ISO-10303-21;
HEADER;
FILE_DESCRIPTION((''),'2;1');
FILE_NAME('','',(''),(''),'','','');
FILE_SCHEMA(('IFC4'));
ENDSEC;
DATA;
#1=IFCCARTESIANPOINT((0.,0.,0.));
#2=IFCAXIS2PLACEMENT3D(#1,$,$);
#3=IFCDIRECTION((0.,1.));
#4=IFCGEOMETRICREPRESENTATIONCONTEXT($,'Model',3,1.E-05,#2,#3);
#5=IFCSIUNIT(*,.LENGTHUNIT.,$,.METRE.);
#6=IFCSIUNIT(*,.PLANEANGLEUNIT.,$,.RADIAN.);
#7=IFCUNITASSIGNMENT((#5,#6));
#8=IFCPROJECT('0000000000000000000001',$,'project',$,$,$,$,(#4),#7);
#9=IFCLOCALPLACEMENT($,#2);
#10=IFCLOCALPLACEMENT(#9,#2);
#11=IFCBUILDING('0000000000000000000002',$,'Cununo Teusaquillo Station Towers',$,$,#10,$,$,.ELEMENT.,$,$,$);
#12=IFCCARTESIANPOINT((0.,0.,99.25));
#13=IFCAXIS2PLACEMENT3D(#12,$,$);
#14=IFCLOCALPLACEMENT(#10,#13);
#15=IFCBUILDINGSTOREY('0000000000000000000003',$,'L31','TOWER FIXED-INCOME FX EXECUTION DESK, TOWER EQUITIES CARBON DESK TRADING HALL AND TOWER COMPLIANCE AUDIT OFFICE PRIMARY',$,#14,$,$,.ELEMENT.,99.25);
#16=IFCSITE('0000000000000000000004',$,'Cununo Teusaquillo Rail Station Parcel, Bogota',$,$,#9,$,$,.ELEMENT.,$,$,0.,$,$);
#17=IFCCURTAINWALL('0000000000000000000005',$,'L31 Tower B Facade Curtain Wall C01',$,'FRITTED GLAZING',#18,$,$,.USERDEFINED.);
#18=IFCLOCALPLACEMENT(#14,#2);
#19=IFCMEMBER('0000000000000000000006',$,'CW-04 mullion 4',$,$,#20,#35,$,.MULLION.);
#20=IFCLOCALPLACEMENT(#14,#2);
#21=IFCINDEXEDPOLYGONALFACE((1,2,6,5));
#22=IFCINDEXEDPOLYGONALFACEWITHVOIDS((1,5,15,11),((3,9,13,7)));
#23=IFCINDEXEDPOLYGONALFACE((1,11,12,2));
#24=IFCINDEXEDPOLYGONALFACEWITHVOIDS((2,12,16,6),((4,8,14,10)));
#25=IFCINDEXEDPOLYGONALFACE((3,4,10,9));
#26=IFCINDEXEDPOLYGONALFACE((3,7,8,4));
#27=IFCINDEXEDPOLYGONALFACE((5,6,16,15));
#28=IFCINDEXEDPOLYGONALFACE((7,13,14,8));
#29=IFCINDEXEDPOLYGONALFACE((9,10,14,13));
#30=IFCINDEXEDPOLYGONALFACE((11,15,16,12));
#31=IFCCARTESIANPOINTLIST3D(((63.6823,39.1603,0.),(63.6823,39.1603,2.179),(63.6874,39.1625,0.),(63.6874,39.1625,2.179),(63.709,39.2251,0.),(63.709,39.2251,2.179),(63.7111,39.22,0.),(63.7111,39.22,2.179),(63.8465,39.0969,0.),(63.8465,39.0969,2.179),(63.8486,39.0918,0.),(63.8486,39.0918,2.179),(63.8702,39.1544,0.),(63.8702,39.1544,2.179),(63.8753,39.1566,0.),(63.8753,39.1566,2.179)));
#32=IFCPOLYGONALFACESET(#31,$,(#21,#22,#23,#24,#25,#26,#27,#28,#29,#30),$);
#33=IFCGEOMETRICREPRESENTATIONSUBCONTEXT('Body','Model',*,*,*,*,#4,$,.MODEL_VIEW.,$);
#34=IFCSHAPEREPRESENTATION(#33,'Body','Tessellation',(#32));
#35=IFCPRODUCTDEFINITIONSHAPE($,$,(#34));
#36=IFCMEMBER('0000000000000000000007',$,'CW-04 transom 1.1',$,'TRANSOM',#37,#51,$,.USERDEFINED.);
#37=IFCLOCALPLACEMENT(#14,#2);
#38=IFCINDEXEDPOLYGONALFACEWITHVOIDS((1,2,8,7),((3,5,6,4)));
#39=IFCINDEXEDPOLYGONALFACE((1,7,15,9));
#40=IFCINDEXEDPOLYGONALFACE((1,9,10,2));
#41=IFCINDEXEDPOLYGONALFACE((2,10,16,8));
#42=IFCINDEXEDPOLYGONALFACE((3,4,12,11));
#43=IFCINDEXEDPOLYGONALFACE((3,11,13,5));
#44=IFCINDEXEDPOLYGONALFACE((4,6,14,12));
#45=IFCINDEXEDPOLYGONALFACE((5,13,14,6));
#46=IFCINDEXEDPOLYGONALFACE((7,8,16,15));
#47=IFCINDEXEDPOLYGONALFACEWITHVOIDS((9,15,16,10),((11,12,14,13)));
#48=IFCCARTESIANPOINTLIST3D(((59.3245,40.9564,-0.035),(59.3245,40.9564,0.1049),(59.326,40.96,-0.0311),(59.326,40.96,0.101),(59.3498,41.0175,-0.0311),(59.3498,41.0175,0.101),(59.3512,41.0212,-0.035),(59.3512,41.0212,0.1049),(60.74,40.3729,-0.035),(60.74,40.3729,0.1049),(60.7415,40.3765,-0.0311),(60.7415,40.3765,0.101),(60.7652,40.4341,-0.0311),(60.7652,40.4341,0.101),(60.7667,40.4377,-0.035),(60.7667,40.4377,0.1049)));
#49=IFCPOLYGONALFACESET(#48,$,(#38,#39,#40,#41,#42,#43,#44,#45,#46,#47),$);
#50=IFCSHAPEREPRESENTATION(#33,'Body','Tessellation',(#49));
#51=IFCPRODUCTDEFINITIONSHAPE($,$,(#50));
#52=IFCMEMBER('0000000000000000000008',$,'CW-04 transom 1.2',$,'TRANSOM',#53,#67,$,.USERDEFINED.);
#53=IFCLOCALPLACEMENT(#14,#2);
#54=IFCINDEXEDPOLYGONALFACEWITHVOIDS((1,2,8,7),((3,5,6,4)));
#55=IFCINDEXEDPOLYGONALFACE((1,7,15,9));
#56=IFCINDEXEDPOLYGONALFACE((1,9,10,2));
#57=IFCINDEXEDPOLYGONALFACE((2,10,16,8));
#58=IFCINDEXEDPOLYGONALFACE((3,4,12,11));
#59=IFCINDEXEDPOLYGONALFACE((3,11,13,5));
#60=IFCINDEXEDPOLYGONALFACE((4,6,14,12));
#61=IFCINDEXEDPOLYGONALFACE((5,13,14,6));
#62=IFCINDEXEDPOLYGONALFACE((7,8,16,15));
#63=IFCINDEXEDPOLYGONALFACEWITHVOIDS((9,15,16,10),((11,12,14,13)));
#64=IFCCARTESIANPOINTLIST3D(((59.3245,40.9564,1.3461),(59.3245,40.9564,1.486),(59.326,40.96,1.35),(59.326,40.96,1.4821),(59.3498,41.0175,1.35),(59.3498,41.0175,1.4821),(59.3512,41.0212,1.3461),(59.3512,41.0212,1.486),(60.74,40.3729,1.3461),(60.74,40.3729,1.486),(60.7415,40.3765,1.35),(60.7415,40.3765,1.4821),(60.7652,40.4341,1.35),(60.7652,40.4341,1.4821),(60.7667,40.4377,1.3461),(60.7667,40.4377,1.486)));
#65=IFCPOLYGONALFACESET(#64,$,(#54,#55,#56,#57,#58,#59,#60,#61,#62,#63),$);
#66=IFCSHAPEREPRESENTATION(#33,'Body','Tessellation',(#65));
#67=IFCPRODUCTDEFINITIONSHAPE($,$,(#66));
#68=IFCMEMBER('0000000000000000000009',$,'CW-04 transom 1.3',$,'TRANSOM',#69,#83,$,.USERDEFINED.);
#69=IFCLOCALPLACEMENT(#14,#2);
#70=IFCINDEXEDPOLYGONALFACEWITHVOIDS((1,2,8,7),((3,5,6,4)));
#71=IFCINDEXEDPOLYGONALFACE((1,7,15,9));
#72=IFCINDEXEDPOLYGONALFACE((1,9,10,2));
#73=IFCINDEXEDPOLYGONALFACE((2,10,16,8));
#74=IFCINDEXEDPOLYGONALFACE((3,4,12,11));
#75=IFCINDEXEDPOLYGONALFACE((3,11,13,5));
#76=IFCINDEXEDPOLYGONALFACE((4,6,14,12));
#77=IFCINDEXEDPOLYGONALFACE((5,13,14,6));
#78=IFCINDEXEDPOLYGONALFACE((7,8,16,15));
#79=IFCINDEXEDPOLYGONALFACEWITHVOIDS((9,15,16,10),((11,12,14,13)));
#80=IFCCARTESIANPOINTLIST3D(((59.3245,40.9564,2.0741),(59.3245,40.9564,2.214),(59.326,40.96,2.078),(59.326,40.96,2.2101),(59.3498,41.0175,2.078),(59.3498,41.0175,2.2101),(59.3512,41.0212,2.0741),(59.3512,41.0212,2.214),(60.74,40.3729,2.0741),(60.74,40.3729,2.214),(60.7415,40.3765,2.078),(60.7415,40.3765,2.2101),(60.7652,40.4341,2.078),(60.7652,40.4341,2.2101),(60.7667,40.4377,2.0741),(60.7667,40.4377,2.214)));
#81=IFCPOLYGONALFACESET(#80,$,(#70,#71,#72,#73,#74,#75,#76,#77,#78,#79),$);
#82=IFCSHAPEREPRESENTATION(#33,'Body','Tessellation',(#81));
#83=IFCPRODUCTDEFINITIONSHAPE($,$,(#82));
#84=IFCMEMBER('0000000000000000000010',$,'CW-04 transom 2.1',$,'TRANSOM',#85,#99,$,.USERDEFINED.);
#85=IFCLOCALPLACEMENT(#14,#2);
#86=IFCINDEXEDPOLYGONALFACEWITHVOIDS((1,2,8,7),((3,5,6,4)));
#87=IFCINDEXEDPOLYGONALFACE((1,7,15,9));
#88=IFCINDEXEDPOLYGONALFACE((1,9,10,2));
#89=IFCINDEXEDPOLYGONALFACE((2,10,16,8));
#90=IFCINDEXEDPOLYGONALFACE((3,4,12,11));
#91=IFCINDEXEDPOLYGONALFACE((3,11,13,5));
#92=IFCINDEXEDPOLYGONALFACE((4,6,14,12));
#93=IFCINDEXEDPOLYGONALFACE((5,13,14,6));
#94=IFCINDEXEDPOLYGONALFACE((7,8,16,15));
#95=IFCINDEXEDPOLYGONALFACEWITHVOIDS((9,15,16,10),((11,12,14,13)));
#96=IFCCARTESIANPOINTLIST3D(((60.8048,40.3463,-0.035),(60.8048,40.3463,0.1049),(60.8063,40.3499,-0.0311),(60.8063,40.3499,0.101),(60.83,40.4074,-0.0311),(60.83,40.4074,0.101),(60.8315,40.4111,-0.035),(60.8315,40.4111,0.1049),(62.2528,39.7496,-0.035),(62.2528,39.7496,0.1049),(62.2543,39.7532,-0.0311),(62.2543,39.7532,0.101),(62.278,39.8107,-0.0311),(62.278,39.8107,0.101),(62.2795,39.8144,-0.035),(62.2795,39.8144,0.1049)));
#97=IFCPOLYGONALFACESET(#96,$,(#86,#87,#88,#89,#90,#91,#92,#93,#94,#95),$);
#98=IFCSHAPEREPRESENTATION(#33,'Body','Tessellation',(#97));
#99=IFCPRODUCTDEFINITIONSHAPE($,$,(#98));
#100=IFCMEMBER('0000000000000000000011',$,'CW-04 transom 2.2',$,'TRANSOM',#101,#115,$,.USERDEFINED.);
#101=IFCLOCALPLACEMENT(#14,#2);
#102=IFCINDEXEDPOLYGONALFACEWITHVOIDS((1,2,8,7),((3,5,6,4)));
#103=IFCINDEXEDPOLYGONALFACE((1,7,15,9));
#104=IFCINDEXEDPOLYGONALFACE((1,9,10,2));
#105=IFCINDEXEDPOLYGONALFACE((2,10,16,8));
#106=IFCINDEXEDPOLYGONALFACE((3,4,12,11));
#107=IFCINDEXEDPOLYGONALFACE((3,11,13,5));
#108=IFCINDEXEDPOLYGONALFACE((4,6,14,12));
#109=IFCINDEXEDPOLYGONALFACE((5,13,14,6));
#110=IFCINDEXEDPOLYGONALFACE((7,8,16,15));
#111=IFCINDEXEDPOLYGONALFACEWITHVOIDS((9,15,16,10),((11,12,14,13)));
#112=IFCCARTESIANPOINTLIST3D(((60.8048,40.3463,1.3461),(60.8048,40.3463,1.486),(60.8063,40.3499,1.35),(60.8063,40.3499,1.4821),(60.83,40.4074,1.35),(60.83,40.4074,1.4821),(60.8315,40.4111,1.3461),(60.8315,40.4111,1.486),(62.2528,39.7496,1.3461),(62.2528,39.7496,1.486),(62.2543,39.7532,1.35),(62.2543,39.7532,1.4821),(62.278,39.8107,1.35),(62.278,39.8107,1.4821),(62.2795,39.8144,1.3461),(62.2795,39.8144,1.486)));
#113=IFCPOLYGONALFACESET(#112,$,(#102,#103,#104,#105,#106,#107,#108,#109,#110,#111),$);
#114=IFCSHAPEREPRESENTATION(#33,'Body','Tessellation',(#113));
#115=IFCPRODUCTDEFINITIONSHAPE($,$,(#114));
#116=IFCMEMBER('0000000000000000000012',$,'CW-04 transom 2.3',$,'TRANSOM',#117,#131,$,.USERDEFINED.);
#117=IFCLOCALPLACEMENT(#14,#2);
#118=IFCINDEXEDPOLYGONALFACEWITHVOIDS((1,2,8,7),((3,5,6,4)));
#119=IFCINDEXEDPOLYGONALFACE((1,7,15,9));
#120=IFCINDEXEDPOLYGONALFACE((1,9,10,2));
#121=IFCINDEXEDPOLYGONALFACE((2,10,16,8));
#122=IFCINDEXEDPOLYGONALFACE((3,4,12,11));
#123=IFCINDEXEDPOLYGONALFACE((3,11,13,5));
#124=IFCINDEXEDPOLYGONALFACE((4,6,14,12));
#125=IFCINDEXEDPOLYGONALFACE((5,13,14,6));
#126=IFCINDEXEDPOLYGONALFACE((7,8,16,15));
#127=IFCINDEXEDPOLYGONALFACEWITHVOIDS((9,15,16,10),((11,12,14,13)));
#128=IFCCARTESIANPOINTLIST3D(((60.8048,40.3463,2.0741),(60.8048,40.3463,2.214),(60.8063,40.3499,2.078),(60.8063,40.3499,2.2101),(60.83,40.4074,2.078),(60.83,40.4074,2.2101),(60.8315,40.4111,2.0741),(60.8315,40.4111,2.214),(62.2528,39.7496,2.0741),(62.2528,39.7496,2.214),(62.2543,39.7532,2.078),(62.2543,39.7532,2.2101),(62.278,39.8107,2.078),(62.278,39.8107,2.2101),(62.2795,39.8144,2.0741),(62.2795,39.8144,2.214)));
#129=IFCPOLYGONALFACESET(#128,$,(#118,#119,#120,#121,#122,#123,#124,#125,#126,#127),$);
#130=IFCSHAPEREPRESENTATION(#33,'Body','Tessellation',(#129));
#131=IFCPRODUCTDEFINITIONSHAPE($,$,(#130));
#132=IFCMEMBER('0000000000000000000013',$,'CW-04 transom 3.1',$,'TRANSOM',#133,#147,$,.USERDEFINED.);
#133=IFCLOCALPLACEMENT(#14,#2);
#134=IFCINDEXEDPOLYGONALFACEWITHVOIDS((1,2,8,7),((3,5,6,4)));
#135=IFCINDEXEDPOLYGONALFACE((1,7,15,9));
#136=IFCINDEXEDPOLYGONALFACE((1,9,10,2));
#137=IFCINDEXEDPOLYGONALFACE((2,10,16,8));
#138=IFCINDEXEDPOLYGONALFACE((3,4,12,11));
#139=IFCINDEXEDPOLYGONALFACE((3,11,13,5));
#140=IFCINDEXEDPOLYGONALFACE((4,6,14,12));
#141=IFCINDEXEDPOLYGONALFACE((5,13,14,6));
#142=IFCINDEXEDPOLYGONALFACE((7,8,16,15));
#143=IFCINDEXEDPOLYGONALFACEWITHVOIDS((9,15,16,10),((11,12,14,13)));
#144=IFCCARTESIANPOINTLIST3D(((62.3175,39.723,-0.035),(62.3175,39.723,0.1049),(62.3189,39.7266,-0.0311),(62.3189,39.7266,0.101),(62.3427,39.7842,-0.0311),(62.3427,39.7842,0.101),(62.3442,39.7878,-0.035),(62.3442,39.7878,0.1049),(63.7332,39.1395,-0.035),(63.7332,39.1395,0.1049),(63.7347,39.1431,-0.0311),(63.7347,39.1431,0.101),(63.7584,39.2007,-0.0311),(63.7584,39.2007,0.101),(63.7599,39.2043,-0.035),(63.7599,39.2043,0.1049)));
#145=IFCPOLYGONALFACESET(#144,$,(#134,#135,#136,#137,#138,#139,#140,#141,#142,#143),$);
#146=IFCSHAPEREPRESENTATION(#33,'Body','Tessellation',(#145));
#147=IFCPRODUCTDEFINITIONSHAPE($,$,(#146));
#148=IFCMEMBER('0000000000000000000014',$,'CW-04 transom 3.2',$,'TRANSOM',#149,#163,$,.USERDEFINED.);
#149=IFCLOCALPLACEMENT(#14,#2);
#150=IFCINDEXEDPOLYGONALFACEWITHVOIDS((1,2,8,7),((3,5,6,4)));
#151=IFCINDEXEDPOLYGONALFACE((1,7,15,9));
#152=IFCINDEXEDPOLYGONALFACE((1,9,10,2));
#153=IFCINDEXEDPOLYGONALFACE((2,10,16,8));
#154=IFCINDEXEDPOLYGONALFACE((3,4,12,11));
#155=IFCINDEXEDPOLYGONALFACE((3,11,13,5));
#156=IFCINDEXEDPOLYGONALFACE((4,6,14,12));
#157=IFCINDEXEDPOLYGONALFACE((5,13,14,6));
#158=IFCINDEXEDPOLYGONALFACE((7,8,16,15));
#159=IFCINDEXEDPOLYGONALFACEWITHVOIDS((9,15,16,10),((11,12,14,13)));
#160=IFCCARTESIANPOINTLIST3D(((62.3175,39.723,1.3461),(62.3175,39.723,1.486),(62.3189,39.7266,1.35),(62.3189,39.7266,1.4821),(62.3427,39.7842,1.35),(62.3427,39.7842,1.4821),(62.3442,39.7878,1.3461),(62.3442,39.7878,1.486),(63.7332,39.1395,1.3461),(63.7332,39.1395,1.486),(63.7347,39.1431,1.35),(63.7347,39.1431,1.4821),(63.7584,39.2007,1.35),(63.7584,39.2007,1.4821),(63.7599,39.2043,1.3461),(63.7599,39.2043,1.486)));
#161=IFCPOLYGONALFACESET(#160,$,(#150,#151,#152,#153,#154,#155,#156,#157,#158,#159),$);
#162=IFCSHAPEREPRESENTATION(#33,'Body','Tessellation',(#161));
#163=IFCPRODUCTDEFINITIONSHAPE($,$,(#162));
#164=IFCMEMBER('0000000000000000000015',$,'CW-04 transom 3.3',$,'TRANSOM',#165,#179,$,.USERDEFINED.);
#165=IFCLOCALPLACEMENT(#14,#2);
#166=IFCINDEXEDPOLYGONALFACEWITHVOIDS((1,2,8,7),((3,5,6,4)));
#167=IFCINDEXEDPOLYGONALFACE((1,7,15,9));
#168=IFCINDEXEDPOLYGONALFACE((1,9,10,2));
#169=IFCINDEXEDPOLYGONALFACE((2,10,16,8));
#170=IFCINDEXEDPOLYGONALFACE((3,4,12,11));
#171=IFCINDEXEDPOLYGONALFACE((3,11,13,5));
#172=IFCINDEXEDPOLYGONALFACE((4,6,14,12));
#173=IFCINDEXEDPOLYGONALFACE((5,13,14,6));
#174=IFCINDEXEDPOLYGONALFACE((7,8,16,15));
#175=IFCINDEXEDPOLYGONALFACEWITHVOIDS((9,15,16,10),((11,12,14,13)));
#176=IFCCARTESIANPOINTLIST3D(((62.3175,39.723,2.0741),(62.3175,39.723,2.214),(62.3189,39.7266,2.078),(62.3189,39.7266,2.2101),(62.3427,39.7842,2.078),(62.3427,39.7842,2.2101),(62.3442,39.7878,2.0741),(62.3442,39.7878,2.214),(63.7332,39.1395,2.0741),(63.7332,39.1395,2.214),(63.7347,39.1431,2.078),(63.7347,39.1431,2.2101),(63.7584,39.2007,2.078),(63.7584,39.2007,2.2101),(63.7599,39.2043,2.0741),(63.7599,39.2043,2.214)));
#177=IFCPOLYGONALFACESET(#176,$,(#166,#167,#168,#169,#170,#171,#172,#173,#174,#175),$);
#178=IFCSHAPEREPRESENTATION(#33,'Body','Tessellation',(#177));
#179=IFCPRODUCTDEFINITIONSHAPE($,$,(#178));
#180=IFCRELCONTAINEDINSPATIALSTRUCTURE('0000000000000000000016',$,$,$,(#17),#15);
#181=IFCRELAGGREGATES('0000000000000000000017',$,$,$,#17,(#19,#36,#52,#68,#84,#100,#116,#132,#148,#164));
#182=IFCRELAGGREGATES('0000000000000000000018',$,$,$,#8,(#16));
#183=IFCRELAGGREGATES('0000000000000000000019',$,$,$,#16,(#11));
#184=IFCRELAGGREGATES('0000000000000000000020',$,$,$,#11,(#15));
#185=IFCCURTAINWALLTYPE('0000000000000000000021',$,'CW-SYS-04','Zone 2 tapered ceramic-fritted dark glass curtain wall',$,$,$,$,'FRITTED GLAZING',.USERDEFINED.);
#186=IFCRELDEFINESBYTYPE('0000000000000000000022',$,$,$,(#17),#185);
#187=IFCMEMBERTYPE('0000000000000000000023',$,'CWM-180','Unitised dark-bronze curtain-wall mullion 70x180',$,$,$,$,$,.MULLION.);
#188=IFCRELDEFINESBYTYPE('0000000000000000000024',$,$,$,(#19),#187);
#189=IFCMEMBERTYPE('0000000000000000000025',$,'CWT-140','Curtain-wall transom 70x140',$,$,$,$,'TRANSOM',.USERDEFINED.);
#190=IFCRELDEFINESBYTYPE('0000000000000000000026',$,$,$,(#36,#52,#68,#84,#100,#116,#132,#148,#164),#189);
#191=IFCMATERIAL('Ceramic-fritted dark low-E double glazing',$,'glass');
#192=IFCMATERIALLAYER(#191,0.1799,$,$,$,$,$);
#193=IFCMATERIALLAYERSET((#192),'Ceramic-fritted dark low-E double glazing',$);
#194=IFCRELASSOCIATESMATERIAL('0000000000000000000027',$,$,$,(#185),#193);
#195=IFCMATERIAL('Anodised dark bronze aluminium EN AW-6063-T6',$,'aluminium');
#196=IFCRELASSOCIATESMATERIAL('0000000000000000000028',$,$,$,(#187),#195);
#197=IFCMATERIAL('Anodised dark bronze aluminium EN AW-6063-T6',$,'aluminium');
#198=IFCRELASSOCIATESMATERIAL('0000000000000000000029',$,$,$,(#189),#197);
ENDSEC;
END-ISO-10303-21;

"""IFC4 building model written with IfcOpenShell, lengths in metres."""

from ifc_helpers import new_model, si_unit, direction, frame, origin, origin_2d, place, context, subcontext, project, spatial, hollow_rectangle, extrude, material, layer, layer_set, material_profile, profile_set, type_object, element, aggregate, save


model = new_model("IFC4")

# Units and contexts
model_context = context("Model", 3, precision=1e-05, world=origin(), true_north=direction((0.0, 1.0)))
body_context = subcontext(model_context, "Body", "Model", "MODEL_VIEW")
ifc_project = project(units=[si_unit("LENGTHUNIT", "METRE"), si_unit("PLANEANGLEUNIT", "RADIAN")], contexts=[model_context])

# Site, building, storey
site_placement = place(None, origin())
site = spatial("IfcSite", under=ifc_project, at=site_placement, Name="Cununo Teusaquillo Rail Station Parcel, Bogota", CompositionType="ELEMENT", RefElevation=0.0)
building_placement = place(site_placement, origin())
building = spatial("IfcBuilding", under=site, at=building_placement, Name="Cununo Teusaquillo Station Towers", CompositionType="ELEMENT")
storey_placement = place(building_placement, frame((0.0, 0.0, 99.25)))
storey = spatial("IfcBuildingStorey", under=building, at=storey_placement, Name="L31", Description="TOWER FIXED-INCOME FX EXECUTION DESK, TOWER EQUITIES CARBON DESK TRADING HALL AND TOWER COMPLIANCE AUDIT OFFICE PRIMARY", CompositionType="ELEMENT", Elevation=99.25)

# Curtain wall, members
ifc_material_1 = material(Name="Ceramic-fritted dark low-E double glazing", Category="glass")
ifc_layer_1 = layer(ifc_material_1, 0.1799)
ifc_layer_set_1 = layer_set([ifc_layer_1], Name="Ceramic-fritted dark low-E double glazing")
curtain_wall_type = type_object("IfcCurtainWallType", Name="CW-SYS-04", Description="Zone 2 tapered ceramic-fritted dark glass curtain wall", ElementType="FRITTED GLAZING", PredefinedType="USERDEFINED", material=ifc_layer_set_1)
curtain_wall_placement = place(storey_placement, origin())
curtain_wall = element("IfcCurtainWall", 1, at=curtain_wall_placement, inside=storey, type_object=curtain_wall_type, Name="L31 Tower B Facade Curtain Wall C01", ObjectType="FRITTED GLAZING", PredefinedType="USERDEFINED")
ifc_material_2 = material(Name="Anodised dark bronze aluminium EN AW-6063-T6", Category="aluminium")
ifc_material_profile_1 = material_profile(ifc_material_2, hollow_rectangle(XDim=0.0701, YDim=0.1799, WallThickness=0.0039, at=origin_2d()), Name="CW-MULL-70x180")
ifc_profile_set_1 = profile_set([ifc_material_profile_1], Name="Anodised dark bronze aluminium EN AW-6063-T6")
member_type_1 = type_object("IfcMemberType", Name="CWM-180", Description="Unitised dark-bronze curtain-wall mullion 70x180", PredefinedType="MULLION", material=ifc_profile_set_1)
member_1_placement = place(storey_placement, frame((63.7788, 39.1584, 0.0), z_axis=(0.0, 0.0, 1.0), x_axis=(0.381031, 0.924562, 0.0)))
member_1 = element("IfcMember", 2, at=member_1_placement, type_object=member_type_1, Name="CW-04 mullion 4", PredefinedType="MULLION", context=body_context, shape_type="SweptSolid", body=[
    extrude(hollow_rectangle(XDim=0.0701, YDim=0.1799, WallThickness=0.0039, at=origin_2d()), origin(), (0.0, 0.0, 1.0), 2.179),
])
ifc_material_3 = material(Name="Anodised dark bronze aluminium EN AW-6063-T6", Category="aluminium")
ifc_material_profile_2 = material_profile(ifc_material_3, hollow_rectangle(XDim=0.0701, YDim=0.1399, WallThickness=0.0039, at=origin_2d()), Name="CW-TRAN-70x140")
ifc_profile_set_2 = profile_set([ifc_material_profile_2], Name="Anodised dark bronze aluminium EN AW-6063-T6")
member_type_2 = type_object("IfcMemberType", Name="CWT-140", Description="Curtain-wall transom 70x140", ElementType="TRANSOM", PredefinedType="USERDEFINED", material=ifc_profile_set_2)
member_2_placement = place(storey_placement, frame((59.3379, 40.9888, 0.0349), z_axis=(0.924533, -0.381103, 0.0), x_axis=(0.381103, 0.924533, 0.0)))
member_2 = element("IfcMember", 3, at=member_2_placement, type_object=member_type_2, Name="CW-04 transom 1.1", ObjectType="TRANSOM", PredefinedType="USERDEFINED", context=body_context, shape_type="SweptSolid", body=[
    extrude(hollow_rectangle(XDim=0.0701, YDim=0.1399, WallThickness=0.0039, at=origin_2d()), origin(), (0.0, 0.0, 1.0), 1.531),
])
member_3_placement = place(storey_placement, frame((59.3379, 40.9888, 1.416), z_axis=(0.924533, -0.381103, 0.0), x_axis=(0.381103, 0.924533, 0.0)))
member_3 = element("IfcMember", 4, at=member_3_placement, type_object=member_type_2, Name="CW-04 transom 1.2", ObjectType="TRANSOM", PredefinedType="USERDEFINED", context=body_context, shape_type="SweptSolid", body=[
    extrude(hollow_rectangle(XDim=0.0701, YDim=0.1399, WallThickness=0.0039, at=origin_2d()), origin(), (0.0, 0.0, 1.0), 1.531),
])
member_4_placement = place(storey_placement, frame((59.3379, 40.9888, 2.144), z_axis=(0.924533, -0.381103, 0.0), x_axis=(0.381103, 0.924533, 0.0)))
member_4 = element("IfcMember", 5, at=member_4_placement, type_object=member_type_2, Name="CW-04 transom 1.3", ObjectType="TRANSOM", PredefinedType="USERDEFINED", context=body_context, shape_type="SweptSolid", body=[
    extrude(hollow_rectangle(XDim=0.0701, YDim=0.1399, WallThickness=0.0039, at=origin_2d()), origin(), (0.0, 0.0, 1.0), 1.531),
])
member_5_placement = place(storey_placement, frame((60.8181, 40.3787, 0.0349), z_axis=(0.924578, -0.380993, 0.0), x_axis=(0.380993, 0.924578, 0.0)))
member_5 = element("IfcMember", 6, at=member_5_placement, type_object=member_type_2, Name="CW-04 transom 2.1", ObjectType="TRANSOM", PredefinedType="USERDEFINED", context=body_context, shape_type="SweptSolid", body=[
    extrude(hollow_rectangle(XDim=0.0701, YDim=0.1399, WallThickness=0.0039, at=origin_2d()), origin(), (0.0, 0.0, 1.0), 1.5662),
])
member_6_placement = place(storey_placement, frame((60.8181, 40.3787, 1.416), z_axis=(0.924578, -0.380993, 0.0), x_axis=(0.380993, 0.924578, 0.0)))
member_6 = element("IfcMember", 7, at=member_6_placement, type_object=member_type_2, Name="CW-04 transom 2.2", ObjectType="TRANSOM", PredefinedType="USERDEFINED", context=body_context, shape_type="SweptSolid", body=[
    extrude(hollow_rectangle(XDim=0.0701, YDim=0.1399, WallThickness=0.0039, at=origin_2d()), origin(), (0.0, 0.0, 1.0), 1.5662),
])
member_7_placement = place(storey_placement, frame((60.8181, 40.3787, 2.144), z_axis=(0.924578, -0.380993, 0.0), x_axis=(0.380993, 0.924578, 0.0)))
member_7 = element("IfcMember", 8, at=member_7_placement, type_object=member_type_2, Name="CW-04 transom 2.3", ObjectType="TRANSOM", PredefinedType="USERDEFINED", context=body_context, shape_type="SweptSolid", body=[
    extrude(hollow_rectangle(XDim=0.0701, YDim=0.1399, WallThickness=0.0039, at=origin_2d()), origin(), (0.0, 0.0, 1.0), 1.5662),
])
member_8_placement = place(storey_placement, frame((62.3308, 39.7554, 0.0349), z_axis=(0.924556, -0.381046, 0.0), x_axis=(0.381046, 0.924556, 0.0)))
member_8 = element("IfcMember", 9, at=member_8_placement, type_object=member_type_2, Name="CW-04 transom 3.1", ObjectType="TRANSOM", PredefinedType="USERDEFINED", context=body_context, shape_type="SweptSolid", body=[
    extrude(hollow_rectangle(XDim=0.0701, YDim=0.1399, WallThickness=0.0039, at=origin_2d()), origin(), (0.0, 0.0, 1.0), 1.5312),
])
member_9_placement = place(storey_placement, frame((62.3308, 39.7554, 1.416), z_axis=(0.924556, -0.381046, 0.0), x_axis=(0.381046, 0.924556, 0.0)))
member_9 = element("IfcMember", 10, at=member_9_placement, type_object=member_type_2, Name="CW-04 transom 3.2", ObjectType="TRANSOM", PredefinedType="USERDEFINED", context=body_context, shape_type="SweptSolid", body=[
    extrude(hollow_rectangle(XDim=0.0701, YDim=0.1399, WallThickness=0.0039, at=origin_2d()), origin(), (0.0, 0.0, 1.0), 1.5312),
])
member_10_placement = place(storey_placement, frame((62.3308, 39.7554, 2.144), z_axis=(0.924556, -0.381046, 0.0), x_axis=(0.381046, 0.924556, 0.0)))
member_10 = element("IfcMember", 11, at=member_10_placement, type_object=member_type_2, Name="CW-04 transom 3.3", ObjectType="TRANSOM", PredefinedType="USERDEFINED", context=body_context, shape_type="SweptSolid", body=[
    extrude(hollow_rectangle(XDim=0.0701, YDim=0.1399, WallThickness=0.0039, at=origin_2d()), origin(), (0.0, 0.0, 1.0), 1.5312),
])

aggregate(curtain_wall, [member_1, member_2, member_3, member_4, member_5, member_6, member_7, member_8, member_9, member_10])

save(model, "model.ifc")
